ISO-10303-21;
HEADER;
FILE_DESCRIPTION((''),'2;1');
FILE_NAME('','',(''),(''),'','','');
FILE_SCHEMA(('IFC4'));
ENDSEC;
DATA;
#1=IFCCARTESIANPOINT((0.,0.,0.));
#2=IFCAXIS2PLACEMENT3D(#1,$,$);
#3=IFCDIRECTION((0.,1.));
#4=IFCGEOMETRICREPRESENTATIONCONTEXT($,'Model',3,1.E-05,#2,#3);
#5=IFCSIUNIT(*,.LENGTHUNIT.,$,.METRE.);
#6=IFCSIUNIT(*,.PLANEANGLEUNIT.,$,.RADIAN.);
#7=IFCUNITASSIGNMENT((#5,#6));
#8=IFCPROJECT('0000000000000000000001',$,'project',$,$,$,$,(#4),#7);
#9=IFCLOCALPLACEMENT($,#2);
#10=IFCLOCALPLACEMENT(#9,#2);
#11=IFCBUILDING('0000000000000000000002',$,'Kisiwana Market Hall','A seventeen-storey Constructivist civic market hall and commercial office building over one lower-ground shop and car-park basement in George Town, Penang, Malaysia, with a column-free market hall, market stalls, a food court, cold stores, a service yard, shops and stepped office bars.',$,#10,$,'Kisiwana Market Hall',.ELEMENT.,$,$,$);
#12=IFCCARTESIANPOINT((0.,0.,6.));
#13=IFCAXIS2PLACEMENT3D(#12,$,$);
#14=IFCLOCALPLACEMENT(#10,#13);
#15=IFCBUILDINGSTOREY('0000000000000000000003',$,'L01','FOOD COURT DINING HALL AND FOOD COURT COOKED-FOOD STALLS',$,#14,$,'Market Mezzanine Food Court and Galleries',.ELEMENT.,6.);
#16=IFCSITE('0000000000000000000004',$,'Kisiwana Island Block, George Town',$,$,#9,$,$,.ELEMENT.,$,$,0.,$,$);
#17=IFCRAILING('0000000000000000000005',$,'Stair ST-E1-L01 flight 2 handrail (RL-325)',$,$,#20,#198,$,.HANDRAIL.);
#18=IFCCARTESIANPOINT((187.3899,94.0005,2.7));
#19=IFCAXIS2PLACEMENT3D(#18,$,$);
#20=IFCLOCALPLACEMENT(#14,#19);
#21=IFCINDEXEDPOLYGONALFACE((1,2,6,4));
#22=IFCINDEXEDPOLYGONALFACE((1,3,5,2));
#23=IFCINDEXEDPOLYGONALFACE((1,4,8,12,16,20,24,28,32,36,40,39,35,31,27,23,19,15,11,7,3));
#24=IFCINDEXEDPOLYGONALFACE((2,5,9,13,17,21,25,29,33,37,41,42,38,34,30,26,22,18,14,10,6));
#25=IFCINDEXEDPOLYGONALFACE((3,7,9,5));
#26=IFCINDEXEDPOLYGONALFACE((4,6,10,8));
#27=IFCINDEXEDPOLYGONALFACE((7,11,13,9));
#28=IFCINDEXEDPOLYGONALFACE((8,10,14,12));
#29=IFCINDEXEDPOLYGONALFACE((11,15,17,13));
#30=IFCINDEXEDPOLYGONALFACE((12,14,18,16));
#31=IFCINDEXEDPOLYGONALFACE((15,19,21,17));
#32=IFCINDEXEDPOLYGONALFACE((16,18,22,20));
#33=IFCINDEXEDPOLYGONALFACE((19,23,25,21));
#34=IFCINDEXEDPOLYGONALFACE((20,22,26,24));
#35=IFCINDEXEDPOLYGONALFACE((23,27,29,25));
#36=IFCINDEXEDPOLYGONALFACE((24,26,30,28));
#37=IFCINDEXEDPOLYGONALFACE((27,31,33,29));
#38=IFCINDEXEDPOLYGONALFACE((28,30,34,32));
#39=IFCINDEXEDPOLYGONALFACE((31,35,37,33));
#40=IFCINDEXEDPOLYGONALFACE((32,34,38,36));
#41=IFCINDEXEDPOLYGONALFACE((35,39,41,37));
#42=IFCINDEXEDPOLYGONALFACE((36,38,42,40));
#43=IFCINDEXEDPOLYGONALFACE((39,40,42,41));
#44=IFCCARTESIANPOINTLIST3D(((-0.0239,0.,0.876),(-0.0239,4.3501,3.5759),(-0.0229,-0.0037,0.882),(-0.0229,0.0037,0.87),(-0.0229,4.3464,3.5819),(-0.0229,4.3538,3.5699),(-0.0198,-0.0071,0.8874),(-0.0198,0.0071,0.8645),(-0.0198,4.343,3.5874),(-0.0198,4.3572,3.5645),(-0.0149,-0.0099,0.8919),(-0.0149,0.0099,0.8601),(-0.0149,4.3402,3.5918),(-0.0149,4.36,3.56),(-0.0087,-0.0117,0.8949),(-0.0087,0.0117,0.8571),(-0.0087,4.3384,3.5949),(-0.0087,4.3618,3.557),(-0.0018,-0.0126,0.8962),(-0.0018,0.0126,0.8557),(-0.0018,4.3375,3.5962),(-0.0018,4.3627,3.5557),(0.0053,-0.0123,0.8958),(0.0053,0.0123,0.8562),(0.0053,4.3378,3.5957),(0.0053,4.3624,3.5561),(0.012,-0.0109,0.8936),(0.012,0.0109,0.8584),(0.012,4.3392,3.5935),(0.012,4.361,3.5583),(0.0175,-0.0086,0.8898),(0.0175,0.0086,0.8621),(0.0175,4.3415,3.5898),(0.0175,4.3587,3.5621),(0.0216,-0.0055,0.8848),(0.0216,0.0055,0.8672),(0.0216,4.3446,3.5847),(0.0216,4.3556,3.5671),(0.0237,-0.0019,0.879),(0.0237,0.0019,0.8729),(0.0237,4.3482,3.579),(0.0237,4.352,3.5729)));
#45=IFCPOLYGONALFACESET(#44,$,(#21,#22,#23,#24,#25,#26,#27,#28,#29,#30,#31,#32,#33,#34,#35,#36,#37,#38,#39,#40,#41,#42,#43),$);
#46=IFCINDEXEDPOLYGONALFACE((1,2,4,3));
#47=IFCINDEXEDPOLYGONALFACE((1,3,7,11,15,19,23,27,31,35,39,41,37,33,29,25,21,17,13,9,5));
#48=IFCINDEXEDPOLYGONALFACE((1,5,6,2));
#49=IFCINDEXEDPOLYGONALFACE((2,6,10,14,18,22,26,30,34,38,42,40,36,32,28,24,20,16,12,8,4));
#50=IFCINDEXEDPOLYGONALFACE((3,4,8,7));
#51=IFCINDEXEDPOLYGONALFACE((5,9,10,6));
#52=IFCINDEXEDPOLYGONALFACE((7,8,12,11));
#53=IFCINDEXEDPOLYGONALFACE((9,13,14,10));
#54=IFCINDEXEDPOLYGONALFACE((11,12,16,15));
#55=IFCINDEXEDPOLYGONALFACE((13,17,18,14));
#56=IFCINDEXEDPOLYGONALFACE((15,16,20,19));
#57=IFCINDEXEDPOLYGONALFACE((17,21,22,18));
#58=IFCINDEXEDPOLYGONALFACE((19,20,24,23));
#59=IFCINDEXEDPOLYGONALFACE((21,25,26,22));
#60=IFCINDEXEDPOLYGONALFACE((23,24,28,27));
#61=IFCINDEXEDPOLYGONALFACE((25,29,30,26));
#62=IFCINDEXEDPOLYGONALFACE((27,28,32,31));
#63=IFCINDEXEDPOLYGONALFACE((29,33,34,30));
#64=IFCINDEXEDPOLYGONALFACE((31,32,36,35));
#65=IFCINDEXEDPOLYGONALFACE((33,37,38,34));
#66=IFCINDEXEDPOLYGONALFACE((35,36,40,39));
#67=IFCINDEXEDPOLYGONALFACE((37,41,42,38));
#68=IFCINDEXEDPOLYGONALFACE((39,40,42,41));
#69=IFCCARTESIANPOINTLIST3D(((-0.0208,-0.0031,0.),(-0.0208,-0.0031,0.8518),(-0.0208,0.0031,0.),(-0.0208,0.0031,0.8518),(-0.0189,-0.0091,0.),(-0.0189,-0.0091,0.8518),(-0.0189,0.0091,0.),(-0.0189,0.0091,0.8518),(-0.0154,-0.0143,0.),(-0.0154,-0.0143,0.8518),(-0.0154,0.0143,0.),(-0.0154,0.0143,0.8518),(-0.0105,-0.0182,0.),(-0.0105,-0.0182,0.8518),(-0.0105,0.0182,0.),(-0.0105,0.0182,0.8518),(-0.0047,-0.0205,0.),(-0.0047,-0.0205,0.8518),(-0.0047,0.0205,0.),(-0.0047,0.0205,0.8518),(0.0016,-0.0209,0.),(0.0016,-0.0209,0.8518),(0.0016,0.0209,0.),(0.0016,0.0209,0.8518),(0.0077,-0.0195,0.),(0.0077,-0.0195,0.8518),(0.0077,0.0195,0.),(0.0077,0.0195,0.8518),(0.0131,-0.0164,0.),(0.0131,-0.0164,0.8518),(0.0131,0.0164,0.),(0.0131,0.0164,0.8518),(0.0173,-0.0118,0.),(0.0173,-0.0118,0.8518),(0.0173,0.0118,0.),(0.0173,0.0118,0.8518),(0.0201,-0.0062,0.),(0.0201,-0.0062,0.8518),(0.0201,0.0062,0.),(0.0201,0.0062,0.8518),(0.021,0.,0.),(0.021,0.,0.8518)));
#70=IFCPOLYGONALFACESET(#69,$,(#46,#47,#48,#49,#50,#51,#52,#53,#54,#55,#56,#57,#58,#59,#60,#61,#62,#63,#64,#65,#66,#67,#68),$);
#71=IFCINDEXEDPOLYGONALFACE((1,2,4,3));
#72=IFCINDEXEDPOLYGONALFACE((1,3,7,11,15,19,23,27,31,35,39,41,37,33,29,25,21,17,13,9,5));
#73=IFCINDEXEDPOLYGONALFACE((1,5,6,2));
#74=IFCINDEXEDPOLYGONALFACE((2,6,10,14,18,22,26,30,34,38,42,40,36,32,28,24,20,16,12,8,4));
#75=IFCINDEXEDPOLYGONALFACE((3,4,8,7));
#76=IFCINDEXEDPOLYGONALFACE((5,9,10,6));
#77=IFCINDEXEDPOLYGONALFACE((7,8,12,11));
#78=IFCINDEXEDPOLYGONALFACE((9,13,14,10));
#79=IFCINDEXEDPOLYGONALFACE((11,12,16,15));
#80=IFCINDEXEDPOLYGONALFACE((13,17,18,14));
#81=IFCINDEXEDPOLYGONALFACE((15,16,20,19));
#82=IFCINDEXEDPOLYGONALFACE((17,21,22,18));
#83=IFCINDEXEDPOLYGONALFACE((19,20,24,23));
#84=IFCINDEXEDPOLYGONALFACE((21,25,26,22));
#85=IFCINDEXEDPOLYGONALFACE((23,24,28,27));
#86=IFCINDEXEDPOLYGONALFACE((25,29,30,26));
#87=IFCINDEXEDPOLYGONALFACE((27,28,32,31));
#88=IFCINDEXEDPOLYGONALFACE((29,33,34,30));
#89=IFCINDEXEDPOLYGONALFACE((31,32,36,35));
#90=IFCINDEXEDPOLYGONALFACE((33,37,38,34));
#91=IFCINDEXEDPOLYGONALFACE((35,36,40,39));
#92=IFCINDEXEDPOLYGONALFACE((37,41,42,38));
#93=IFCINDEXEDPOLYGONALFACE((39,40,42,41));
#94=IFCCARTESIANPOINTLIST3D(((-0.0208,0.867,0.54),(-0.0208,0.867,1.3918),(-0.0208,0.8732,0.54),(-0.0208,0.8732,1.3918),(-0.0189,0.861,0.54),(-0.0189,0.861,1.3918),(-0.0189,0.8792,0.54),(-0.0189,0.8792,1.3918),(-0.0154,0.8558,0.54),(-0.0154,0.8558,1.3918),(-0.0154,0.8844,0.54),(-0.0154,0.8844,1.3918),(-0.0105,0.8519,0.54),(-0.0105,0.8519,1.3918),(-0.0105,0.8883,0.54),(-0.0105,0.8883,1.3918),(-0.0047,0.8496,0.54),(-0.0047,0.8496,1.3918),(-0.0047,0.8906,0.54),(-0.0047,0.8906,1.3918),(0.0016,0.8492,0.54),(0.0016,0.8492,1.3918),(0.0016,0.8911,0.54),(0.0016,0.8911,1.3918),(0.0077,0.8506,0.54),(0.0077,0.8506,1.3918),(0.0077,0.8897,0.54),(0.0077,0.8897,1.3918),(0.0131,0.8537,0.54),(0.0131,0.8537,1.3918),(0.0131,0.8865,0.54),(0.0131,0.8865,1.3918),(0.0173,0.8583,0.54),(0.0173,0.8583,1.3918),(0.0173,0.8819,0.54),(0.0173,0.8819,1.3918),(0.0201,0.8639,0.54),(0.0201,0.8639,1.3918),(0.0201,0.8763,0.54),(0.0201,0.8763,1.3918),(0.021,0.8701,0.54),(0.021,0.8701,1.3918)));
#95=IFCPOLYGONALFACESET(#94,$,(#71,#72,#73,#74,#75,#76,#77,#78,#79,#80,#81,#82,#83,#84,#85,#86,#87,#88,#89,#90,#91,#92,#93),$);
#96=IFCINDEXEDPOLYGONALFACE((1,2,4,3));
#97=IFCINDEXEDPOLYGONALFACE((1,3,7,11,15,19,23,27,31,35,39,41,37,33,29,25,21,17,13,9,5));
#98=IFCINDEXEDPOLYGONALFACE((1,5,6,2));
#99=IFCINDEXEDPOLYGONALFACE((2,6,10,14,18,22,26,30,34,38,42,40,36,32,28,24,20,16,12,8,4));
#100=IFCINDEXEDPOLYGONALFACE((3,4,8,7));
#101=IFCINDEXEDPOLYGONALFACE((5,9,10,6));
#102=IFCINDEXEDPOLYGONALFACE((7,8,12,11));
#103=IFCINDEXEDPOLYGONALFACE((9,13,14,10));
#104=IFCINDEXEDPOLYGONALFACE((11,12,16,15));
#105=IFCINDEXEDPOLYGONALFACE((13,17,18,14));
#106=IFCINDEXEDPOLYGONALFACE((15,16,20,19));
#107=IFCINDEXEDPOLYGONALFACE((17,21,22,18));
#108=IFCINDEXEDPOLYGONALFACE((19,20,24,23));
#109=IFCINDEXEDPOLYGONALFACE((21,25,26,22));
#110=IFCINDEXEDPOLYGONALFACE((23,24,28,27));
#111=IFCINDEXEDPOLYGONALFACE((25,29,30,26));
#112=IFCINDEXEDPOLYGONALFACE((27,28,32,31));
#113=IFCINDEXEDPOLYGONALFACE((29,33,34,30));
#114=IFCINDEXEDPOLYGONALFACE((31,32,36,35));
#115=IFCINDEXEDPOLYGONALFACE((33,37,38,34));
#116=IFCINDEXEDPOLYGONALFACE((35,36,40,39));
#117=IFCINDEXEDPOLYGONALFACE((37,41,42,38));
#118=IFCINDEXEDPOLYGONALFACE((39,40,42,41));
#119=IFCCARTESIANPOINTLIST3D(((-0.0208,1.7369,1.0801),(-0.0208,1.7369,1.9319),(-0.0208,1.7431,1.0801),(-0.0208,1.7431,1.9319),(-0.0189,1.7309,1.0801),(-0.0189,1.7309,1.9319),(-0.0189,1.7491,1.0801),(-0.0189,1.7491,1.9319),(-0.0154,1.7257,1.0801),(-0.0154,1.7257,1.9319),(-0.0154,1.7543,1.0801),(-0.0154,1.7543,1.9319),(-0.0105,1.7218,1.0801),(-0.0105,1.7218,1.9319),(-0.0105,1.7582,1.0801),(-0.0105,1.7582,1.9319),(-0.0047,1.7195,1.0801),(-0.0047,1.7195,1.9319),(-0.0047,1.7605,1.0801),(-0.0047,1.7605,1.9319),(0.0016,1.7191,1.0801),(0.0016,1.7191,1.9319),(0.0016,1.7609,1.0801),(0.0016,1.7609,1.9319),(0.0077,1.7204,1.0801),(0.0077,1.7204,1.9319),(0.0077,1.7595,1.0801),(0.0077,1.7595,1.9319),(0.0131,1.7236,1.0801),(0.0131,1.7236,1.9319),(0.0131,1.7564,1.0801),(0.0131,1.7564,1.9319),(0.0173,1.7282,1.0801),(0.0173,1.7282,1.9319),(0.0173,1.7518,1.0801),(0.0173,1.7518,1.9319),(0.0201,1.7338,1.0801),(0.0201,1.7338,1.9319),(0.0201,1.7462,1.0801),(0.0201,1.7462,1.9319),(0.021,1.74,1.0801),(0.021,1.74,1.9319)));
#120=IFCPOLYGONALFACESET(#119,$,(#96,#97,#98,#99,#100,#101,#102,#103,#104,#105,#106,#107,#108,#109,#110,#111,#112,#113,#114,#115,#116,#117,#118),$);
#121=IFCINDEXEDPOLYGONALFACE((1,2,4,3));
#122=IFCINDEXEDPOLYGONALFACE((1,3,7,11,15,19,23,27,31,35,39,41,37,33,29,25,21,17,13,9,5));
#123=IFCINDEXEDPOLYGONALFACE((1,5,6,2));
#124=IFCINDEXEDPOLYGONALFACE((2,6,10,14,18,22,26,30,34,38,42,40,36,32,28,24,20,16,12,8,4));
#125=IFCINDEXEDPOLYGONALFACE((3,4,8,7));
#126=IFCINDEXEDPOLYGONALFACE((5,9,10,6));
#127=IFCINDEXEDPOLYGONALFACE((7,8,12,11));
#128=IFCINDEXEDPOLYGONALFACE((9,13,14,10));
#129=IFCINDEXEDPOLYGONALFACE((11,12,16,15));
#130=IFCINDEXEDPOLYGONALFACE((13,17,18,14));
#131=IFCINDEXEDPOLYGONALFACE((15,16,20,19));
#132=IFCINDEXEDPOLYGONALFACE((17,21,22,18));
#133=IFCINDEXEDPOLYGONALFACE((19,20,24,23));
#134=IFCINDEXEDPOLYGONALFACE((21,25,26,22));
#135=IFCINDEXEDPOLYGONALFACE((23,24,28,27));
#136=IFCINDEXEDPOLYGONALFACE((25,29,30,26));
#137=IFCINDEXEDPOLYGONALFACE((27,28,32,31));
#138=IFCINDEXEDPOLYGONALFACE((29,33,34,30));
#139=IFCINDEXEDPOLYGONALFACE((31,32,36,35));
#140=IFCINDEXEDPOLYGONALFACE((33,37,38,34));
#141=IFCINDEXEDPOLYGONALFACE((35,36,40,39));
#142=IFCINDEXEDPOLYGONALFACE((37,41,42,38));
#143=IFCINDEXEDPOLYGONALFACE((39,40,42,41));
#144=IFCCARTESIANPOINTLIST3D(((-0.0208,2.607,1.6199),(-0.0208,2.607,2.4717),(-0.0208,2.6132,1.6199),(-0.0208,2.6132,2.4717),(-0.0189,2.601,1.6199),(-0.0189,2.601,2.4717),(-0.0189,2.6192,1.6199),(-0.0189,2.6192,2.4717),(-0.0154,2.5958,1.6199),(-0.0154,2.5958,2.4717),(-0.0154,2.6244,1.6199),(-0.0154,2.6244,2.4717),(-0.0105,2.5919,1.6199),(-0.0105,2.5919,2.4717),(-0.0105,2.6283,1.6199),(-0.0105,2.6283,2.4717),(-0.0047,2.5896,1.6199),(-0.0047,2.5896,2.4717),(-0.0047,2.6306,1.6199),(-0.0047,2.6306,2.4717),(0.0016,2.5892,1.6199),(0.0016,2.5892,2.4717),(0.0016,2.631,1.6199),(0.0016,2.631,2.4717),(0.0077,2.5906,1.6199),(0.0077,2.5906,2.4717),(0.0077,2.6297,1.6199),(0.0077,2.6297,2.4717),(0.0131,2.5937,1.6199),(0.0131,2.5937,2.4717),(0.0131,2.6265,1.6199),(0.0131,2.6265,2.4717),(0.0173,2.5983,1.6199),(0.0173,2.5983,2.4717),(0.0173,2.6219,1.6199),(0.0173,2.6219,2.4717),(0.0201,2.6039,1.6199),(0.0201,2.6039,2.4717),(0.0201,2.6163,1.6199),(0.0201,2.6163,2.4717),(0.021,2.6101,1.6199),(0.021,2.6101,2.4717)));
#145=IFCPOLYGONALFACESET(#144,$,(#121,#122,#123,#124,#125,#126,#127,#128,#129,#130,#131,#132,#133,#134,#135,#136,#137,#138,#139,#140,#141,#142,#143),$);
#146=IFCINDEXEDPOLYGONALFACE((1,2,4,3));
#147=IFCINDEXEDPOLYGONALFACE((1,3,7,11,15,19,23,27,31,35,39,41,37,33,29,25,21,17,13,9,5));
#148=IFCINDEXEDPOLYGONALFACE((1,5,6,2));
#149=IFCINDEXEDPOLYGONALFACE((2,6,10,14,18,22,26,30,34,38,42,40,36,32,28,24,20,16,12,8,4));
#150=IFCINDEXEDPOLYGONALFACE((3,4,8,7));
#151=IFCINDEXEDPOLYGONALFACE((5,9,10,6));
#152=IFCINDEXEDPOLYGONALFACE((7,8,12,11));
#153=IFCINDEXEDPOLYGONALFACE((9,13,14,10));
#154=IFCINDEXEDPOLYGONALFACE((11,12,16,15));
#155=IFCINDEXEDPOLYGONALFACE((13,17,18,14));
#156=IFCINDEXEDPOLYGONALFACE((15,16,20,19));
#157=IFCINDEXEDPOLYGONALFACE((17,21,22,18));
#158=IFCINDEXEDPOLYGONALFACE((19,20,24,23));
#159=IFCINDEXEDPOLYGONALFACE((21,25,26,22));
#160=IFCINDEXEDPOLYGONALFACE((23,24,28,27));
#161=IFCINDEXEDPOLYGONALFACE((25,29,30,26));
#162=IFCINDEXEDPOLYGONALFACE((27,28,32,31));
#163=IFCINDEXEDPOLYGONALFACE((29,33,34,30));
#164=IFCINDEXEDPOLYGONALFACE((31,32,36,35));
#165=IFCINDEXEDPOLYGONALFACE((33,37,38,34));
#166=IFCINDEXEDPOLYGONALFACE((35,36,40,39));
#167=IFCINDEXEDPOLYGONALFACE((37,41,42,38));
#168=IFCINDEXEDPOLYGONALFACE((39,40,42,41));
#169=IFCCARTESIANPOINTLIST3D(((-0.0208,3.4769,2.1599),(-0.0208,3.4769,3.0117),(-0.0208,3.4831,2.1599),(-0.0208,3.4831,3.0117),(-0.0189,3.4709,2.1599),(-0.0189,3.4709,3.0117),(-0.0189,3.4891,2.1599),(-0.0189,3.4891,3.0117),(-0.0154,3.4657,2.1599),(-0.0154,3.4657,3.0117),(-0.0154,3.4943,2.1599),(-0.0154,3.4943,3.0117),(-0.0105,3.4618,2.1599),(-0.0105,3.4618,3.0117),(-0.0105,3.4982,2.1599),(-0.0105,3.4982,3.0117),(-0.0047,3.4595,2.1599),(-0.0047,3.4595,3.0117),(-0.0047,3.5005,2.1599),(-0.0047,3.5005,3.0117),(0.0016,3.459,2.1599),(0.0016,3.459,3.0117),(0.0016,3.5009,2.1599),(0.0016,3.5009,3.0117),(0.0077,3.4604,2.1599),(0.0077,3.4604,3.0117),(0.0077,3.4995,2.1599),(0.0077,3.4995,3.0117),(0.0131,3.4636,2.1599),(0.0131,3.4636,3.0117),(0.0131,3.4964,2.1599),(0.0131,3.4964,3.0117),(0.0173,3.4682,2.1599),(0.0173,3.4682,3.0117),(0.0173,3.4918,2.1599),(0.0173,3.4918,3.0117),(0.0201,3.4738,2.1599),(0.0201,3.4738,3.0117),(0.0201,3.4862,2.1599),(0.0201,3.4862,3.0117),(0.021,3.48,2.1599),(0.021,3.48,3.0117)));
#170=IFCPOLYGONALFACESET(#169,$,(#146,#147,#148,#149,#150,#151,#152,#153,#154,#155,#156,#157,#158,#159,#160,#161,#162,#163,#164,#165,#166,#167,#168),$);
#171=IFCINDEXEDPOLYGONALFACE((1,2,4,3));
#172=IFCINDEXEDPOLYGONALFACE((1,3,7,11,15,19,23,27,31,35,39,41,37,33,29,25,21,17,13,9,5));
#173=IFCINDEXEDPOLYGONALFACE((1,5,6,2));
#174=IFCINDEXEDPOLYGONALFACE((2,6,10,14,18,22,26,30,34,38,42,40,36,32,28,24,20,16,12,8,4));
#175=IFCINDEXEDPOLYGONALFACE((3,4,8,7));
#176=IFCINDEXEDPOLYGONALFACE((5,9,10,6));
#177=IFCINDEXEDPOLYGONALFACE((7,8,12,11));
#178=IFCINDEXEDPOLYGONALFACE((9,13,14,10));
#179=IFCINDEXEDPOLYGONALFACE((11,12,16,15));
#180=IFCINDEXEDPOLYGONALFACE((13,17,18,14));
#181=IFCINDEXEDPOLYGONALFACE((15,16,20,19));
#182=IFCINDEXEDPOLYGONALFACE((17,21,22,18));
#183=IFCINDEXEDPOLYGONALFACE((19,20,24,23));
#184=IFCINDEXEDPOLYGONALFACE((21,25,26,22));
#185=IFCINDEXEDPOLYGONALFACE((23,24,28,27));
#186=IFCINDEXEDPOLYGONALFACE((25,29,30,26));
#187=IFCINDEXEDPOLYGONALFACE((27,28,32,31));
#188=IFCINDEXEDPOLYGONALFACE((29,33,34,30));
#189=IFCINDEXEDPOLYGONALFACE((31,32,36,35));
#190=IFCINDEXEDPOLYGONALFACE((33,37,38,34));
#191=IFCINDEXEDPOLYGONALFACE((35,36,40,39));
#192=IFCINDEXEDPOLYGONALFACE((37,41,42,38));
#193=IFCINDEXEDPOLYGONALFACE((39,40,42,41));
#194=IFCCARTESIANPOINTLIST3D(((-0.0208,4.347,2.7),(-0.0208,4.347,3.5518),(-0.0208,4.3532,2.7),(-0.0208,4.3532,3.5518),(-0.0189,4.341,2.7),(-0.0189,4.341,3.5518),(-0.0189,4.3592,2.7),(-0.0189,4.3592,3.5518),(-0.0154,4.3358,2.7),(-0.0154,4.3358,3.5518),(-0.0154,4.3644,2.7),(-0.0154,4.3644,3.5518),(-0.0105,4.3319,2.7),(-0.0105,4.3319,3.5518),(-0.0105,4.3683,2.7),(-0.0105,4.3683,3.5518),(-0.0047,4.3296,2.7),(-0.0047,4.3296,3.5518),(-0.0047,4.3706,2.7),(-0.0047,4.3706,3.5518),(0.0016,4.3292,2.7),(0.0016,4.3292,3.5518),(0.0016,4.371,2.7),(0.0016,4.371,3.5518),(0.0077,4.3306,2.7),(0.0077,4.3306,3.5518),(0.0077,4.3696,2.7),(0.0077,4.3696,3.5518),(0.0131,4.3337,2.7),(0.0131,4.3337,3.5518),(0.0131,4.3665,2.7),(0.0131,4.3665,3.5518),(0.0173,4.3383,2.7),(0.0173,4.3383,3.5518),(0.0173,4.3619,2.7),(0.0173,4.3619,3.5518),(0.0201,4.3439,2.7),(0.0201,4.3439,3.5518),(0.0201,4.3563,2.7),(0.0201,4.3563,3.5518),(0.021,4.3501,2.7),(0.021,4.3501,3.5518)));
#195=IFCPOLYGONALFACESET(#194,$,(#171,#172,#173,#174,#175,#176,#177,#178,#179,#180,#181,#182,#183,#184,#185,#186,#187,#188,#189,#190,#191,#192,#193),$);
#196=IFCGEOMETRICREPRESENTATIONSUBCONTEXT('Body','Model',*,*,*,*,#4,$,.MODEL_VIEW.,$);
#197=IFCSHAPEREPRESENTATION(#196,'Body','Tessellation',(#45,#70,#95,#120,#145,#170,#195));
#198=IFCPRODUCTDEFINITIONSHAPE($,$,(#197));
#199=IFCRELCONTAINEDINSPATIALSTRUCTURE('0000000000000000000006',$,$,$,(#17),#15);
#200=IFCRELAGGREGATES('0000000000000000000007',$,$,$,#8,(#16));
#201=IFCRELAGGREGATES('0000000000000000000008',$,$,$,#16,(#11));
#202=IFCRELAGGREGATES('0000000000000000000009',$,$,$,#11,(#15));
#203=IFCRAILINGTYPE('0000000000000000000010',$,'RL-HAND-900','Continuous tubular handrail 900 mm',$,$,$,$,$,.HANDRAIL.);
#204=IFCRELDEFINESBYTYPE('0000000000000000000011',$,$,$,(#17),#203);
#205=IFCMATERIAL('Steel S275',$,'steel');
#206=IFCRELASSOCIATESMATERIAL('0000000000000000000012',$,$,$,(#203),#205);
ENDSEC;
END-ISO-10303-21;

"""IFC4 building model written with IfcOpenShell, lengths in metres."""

from ifc_helpers import new_model, si_unit, direction, frame, origin, origin_2d, place, context, subcontext, project, spatial, circle, extrude, material, type_object, element, save


model = new_model("IFC4")

# Units and contexts
model_context = context("Model", 3, precision=1e-05, world=origin(), true_north=direction((0.0, 1.0)))
body_context = subcontext(model_context, "Body", "Model", "MODEL_VIEW")
ifc_project = project(units=[si_unit("LENGTHUNIT", "METRE"), si_unit("PLANEANGLEUNIT", "RADIAN")], contexts=[model_context])

# Site, building, storey
site_placement = place(None, origin())
site = spatial("IfcSite", under=ifc_project, at=site_placement, Name="Kisiwana Island Block, George Town", CompositionType="ELEMENT", RefElevation=0.0)
building_placement = place(site_placement, origin())
building = spatial("IfcBuilding", under=site, at=building_placement, Name="Kisiwana Market Hall", Description="A seventeen-storey Constructivist civic market hall and commercial office building over one lower-ground shop and car-park basement in George Town, Penang, Malaysia, with a column-free market hall, market stalls, a food court, cold stores, a service yard, shops and stepped office bars.", LongName="Kisiwana Market Hall", CompositionType="ELEMENT")
storey_placement = place(building_placement, frame((0.0, 0.0, 6.0)))
storey = spatial("IfcBuildingStorey", under=building, at=storey_placement, Name="L01", Description="FOOD COURT DINING HALL AND FOOD COURT COOKED-FOOD STALLS", LongName="Market Mezzanine Food Court and Galleries", CompositionType="ELEMENT", Elevation=6.0)

# Railing
ifc_material_1 = material(Name="Steel S275", Category="steel")
railing_type = type_object("IfcRailingType", Name="RL-HAND-900", Description="Continuous tubular handrail 900 mm", PredefinedType="HANDRAIL", material=ifc_material_1)
railing_1_placement = place(storey_placement, frame((187.3899, 94.0005, 2.7)))
element("IfcRailing", 1, at=railing_1_placement, inside=storey, type_object=railing_type, Name="Stair ST-E1-L01 flight 2 handrail (RL-325)", PredefinedType="HANDRAIL", context=body_context, shape_type="SweptSolid", body=[
    extrude(circle(Radius=0.0239, at=origin_2d()), frame((0.0, 0.0, 0.876), z_axis=(0.0, 0.84965, 0.527347), x_axis=(-1.0, 0.0, 0.0)), (0.0, 0.0, 1.0), 5.1199),
    extrude(circle(Radius=0.021, at=origin_2d()), origin(), (0.0, 0.0, 1.0), 0.8518),
    extrude(circle(Radius=0.021, at=origin_2d()), frame((0.0, 0.8701, 0.54)), (0.0, 0.0, 1.0), 0.8518),
    extrude(circle(Radius=0.021, at=origin_2d()), frame((0.0, 1.74, 1.0801)), (0.0, 0.0, 1.0), 0.8518),
    extrude(circle(Radius=0.021, at=origin_2d()), frame((0.0, 2.6101, 1.6199)), (0.0, 0.0, 1.0), 0.8518),
    extrude(circle(Radius=0.021, at=origin_2d()), frame((0.0, 3.48, 2.1599)), (0.0, 0.0, 1.0), 0.8518),
    extrude(circle(Radius=0.021, at=origin_2d()), frame((0.0, 4.3501, 2.7)), (0.0, 0.0, 1.0), 0.8518),
])

save(model, "model.ifc")
